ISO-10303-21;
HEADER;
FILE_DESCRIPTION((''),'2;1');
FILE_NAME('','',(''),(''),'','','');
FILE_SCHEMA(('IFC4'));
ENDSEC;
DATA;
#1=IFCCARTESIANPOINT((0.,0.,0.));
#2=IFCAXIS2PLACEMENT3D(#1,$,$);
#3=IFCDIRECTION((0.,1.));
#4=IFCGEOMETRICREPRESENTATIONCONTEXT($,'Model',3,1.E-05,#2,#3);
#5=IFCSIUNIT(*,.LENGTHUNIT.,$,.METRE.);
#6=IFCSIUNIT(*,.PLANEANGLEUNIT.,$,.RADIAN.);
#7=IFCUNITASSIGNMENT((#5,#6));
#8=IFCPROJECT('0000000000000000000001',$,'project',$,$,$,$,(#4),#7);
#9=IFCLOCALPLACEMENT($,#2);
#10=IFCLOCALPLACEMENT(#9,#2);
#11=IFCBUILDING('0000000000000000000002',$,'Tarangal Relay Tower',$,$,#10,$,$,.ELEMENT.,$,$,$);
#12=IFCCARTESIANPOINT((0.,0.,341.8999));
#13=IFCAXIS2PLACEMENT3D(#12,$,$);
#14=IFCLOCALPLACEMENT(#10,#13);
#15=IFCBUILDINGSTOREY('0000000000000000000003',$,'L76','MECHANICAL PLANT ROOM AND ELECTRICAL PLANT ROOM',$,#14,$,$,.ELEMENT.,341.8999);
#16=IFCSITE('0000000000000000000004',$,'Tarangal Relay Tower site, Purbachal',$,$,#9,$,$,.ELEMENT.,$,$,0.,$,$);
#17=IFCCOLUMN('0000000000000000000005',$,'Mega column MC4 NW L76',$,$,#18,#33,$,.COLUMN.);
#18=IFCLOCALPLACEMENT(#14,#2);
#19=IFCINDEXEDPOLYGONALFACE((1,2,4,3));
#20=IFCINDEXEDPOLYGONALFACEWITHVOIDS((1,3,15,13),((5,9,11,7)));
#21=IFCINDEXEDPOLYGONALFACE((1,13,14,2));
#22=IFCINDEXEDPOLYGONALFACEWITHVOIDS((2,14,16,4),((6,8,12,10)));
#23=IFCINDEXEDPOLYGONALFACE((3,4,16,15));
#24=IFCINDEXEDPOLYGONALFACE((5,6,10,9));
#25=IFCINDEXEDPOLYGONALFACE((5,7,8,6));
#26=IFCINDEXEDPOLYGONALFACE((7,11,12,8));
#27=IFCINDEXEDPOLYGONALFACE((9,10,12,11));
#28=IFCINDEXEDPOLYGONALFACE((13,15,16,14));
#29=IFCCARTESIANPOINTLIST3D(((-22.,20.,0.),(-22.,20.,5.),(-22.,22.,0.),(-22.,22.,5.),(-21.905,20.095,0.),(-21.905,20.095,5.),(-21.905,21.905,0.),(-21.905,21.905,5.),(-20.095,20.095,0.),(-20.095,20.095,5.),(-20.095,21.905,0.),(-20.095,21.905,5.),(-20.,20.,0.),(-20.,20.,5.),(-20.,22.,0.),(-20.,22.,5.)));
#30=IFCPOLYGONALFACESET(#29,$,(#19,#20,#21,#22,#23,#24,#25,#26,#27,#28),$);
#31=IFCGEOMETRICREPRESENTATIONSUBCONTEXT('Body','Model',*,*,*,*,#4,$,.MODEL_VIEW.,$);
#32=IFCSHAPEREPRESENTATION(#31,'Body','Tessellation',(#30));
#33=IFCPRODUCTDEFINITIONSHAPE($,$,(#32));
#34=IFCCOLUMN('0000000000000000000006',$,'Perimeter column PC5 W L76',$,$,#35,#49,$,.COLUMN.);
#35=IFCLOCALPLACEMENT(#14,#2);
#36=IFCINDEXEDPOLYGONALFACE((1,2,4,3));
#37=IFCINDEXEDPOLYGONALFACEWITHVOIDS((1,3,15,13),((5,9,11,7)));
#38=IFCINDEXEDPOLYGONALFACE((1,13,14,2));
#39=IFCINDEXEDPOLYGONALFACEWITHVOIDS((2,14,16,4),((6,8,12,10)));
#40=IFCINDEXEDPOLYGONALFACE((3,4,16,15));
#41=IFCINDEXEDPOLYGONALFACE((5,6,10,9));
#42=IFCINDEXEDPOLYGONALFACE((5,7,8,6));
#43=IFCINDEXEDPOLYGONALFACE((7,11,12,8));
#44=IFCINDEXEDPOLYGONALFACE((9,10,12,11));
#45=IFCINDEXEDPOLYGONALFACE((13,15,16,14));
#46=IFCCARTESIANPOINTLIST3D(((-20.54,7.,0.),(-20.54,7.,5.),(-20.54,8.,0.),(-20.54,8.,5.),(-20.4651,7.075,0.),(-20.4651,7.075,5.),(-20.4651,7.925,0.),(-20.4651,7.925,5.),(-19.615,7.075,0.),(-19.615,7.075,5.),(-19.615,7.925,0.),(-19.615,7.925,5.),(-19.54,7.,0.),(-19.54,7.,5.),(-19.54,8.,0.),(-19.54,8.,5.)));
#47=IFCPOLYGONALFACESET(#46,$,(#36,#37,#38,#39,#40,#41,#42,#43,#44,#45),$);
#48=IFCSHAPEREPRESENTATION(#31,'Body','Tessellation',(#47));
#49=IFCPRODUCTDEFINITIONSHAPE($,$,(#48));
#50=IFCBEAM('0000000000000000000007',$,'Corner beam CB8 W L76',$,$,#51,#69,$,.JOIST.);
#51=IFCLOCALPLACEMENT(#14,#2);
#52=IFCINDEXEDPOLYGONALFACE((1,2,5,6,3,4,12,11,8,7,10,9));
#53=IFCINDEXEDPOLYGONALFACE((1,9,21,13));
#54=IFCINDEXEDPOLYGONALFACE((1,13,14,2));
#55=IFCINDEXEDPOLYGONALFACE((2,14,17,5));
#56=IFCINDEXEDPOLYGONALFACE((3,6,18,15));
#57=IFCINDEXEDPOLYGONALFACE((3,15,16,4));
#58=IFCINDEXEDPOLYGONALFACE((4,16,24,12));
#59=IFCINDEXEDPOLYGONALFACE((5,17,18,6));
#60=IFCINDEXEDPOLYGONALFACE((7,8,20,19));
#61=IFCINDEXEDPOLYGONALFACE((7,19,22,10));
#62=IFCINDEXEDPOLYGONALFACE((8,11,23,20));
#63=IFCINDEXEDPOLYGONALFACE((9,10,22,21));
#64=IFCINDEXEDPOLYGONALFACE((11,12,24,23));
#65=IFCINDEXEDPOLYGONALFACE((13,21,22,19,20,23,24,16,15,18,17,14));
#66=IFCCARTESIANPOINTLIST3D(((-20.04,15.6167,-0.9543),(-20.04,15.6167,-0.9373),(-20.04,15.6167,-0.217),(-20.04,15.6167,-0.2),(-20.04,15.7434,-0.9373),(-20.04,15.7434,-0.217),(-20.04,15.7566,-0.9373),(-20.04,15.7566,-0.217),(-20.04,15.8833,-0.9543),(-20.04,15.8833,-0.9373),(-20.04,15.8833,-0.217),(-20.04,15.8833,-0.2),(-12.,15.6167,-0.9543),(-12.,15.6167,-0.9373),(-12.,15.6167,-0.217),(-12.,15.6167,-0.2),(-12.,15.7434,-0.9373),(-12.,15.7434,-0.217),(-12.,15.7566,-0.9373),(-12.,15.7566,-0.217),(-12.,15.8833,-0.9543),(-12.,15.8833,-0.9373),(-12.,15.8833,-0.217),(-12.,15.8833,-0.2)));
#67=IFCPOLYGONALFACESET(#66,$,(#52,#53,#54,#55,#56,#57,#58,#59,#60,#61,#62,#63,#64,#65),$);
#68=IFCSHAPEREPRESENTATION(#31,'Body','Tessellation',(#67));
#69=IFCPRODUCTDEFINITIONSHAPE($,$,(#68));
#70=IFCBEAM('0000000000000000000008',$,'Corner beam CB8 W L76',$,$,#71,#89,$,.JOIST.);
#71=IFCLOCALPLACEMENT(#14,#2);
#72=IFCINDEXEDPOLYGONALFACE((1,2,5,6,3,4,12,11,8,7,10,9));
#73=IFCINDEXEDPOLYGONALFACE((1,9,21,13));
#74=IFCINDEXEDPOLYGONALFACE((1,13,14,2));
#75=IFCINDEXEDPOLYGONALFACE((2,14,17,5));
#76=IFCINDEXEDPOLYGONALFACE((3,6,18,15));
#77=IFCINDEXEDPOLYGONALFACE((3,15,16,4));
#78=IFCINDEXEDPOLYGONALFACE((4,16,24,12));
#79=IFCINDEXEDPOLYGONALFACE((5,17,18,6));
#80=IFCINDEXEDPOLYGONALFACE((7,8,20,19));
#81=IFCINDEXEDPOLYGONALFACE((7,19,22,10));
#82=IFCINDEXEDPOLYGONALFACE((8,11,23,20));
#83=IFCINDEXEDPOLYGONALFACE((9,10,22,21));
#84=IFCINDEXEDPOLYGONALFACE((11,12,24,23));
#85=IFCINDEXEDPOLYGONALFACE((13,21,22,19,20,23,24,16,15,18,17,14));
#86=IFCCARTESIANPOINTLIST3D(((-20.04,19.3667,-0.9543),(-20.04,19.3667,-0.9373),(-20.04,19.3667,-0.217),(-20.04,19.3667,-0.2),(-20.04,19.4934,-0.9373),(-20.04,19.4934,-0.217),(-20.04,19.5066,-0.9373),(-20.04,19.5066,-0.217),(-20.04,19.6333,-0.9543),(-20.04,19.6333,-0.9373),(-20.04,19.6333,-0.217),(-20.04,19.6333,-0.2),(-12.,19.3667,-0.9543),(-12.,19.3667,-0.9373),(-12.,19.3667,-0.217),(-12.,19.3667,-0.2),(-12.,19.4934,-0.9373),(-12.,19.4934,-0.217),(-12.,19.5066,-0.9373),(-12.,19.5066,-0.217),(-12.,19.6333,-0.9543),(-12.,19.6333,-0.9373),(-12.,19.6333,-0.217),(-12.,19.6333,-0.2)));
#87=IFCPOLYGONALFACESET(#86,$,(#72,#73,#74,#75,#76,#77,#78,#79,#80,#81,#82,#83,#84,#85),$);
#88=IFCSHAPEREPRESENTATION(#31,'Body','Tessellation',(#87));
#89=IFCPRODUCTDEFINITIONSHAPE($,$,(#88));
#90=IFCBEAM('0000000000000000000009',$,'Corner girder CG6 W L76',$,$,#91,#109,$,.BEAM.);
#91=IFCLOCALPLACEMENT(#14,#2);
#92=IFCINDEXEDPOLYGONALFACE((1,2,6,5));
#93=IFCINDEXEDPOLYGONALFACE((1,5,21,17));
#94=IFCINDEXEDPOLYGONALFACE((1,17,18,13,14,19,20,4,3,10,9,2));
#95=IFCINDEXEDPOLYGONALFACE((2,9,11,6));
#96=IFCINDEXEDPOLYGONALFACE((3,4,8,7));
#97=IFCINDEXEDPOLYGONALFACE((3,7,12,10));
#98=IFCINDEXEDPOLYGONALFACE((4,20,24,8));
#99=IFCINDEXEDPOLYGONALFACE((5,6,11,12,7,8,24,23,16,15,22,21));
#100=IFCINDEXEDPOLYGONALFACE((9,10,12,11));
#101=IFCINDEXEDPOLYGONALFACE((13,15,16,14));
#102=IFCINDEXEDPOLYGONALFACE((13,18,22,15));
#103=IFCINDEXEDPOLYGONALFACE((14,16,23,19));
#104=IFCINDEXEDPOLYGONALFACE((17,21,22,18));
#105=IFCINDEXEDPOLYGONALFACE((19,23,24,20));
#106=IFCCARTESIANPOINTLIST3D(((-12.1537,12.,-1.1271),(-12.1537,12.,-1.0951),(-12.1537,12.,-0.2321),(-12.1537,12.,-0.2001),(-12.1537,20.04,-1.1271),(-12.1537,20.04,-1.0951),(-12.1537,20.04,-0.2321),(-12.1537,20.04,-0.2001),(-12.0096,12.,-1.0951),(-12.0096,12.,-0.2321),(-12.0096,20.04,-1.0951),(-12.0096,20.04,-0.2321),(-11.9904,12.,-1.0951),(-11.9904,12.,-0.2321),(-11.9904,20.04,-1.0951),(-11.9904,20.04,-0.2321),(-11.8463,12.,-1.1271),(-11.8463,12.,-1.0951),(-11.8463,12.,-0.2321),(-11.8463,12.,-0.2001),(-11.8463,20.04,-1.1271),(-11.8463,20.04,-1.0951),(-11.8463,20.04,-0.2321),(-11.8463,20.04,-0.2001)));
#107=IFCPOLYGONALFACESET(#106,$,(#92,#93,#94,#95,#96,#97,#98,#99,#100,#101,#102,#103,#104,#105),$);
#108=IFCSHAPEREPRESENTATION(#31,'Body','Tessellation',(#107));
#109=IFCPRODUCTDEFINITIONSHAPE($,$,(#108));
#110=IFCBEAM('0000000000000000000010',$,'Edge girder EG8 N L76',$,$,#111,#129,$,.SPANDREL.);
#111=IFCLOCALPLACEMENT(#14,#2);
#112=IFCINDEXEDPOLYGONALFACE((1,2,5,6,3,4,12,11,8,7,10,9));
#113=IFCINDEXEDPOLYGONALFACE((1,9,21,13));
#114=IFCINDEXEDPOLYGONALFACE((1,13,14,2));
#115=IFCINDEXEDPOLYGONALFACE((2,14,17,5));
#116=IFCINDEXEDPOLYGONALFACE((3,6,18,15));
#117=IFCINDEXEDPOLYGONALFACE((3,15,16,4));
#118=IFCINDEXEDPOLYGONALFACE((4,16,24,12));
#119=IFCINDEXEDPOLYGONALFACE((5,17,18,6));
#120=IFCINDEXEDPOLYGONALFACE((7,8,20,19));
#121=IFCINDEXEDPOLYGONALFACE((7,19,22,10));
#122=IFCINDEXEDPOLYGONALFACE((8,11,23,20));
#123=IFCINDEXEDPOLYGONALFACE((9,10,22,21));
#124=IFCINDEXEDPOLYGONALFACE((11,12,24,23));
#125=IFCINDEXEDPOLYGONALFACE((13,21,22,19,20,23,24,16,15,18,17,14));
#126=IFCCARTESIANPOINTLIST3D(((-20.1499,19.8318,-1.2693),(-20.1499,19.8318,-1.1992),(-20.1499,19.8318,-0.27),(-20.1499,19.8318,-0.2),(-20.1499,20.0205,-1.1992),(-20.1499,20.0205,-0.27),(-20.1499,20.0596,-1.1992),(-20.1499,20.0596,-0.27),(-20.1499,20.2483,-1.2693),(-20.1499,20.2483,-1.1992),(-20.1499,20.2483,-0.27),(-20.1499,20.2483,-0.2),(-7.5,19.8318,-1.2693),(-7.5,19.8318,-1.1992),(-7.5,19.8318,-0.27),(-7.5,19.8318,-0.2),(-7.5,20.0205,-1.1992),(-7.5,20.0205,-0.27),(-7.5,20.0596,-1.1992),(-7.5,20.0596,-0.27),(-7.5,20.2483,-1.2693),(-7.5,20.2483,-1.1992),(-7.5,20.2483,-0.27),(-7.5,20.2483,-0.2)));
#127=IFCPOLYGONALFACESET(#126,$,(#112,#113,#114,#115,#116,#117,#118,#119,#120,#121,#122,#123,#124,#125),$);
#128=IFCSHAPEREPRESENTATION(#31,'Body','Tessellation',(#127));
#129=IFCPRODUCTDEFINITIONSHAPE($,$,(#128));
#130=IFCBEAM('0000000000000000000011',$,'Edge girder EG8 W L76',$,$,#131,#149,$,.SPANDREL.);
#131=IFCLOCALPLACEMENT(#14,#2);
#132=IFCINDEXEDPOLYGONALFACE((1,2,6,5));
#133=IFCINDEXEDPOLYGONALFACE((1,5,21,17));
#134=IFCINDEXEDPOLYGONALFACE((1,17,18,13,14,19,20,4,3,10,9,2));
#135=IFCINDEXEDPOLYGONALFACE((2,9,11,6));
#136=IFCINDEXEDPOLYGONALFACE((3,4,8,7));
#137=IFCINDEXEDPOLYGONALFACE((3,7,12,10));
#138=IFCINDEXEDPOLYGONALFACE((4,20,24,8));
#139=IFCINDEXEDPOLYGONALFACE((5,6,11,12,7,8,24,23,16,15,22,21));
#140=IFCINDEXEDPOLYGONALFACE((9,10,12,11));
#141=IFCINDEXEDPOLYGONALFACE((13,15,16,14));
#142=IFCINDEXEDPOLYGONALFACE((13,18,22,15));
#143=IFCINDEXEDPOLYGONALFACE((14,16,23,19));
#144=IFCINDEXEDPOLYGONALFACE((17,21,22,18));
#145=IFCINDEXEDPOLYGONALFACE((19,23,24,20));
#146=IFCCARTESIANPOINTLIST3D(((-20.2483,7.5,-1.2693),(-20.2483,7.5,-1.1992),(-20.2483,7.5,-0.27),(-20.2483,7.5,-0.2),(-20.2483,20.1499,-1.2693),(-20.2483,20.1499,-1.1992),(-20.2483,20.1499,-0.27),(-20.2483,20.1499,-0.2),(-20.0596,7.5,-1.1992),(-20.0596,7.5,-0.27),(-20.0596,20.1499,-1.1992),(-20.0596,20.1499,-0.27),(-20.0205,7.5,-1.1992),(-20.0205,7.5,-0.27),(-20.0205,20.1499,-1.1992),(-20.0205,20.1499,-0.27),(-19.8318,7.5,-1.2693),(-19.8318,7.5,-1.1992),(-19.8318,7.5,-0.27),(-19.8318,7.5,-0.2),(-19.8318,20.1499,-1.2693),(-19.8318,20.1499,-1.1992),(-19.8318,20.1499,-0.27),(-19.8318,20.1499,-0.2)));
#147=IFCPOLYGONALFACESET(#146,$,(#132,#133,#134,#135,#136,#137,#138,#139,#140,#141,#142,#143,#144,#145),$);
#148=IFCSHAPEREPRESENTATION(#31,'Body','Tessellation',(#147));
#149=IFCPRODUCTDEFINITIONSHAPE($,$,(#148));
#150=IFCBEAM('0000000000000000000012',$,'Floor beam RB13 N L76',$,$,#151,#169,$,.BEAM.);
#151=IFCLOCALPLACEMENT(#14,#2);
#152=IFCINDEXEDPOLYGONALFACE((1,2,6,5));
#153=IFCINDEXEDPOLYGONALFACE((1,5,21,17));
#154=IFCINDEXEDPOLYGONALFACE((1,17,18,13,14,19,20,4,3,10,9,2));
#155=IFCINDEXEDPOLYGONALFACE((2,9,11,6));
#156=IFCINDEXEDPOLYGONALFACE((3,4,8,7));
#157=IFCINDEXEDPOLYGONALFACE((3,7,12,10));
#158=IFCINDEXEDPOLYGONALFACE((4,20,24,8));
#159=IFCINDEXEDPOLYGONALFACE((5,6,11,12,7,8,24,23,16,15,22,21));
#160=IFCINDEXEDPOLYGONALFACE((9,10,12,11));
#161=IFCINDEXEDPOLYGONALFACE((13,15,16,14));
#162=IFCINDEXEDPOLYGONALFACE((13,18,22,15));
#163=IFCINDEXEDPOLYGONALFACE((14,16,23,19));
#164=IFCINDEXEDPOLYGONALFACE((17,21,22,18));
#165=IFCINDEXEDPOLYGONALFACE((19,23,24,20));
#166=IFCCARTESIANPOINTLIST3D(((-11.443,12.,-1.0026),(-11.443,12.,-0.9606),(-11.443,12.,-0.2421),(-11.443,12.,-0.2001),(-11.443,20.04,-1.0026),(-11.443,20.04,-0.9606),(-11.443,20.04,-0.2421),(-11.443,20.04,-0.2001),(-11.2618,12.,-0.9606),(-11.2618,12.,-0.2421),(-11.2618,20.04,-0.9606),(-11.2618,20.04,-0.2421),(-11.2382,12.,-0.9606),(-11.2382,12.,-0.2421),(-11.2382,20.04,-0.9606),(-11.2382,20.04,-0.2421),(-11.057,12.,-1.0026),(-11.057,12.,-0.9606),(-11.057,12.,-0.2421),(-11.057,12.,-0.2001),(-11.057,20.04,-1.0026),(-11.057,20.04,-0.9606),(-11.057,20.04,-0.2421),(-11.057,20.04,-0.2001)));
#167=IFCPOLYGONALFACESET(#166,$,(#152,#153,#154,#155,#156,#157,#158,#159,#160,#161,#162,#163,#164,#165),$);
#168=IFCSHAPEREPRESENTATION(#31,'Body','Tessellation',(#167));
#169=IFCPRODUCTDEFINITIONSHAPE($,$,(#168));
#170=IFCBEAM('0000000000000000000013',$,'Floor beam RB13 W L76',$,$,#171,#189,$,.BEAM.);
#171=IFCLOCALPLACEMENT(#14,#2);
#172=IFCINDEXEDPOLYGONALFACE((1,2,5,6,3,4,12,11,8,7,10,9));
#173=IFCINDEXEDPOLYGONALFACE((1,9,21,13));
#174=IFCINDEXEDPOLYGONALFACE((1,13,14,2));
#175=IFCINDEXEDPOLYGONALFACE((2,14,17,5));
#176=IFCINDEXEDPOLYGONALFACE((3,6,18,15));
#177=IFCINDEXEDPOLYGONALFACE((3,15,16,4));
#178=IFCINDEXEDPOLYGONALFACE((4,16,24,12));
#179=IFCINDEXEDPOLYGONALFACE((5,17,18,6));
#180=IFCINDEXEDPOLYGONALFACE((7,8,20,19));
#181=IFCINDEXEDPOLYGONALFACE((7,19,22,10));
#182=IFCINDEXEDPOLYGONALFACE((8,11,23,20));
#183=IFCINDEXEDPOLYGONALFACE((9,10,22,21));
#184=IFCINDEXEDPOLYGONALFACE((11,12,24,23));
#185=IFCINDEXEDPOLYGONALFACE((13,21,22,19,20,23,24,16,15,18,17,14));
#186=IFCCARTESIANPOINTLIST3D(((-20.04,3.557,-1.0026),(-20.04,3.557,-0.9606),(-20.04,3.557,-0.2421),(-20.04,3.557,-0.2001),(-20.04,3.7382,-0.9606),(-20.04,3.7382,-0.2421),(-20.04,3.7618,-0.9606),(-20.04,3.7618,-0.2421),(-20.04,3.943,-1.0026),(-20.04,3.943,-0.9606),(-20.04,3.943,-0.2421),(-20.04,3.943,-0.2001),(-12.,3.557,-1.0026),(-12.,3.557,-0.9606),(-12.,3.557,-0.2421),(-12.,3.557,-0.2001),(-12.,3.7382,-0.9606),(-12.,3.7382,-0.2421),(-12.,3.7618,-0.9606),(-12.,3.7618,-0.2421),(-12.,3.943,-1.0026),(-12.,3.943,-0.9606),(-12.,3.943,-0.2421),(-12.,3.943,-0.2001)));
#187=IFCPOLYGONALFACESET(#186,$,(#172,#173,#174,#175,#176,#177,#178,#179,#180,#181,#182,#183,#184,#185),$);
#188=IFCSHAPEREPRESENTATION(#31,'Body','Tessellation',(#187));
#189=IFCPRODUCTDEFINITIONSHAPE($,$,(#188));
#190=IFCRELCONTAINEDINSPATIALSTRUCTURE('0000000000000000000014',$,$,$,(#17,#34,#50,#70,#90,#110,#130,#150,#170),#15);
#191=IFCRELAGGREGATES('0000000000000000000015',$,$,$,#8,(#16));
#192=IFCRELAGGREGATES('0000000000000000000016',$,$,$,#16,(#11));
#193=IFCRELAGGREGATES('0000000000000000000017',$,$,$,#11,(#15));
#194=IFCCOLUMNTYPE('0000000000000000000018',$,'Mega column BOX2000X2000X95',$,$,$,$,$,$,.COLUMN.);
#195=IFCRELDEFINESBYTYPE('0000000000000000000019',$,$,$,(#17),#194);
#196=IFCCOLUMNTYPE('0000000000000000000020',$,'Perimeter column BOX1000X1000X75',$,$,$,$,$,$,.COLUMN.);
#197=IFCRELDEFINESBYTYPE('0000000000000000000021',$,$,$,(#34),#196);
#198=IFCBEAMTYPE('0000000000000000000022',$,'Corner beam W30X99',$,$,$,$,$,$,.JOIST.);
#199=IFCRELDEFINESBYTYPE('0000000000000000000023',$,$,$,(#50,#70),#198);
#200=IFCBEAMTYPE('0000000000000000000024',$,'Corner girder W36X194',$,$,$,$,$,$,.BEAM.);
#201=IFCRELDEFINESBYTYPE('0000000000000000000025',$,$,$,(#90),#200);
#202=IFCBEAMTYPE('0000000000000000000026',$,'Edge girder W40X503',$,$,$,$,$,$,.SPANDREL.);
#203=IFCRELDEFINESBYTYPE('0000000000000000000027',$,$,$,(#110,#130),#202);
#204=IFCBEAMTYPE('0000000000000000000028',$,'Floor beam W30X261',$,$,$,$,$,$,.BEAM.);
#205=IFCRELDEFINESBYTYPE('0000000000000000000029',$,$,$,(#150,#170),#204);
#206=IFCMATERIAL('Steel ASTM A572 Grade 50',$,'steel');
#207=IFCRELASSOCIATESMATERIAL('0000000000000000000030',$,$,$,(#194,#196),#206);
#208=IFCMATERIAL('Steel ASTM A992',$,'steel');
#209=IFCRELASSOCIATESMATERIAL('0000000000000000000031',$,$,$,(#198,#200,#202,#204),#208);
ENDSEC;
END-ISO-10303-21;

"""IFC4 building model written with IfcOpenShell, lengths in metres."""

from ifc_helpers import new_model, si_unit, direction, frame, origin, origin_2d, place, context, subcontext, project, spatial, hollow_rectangle, i_section, extrude, material, material_profile, profile_set, type_object, element, save


model = new_model("IFC4")

# Units and contexts
model_context = context("Model", 3, precision=1e-05, world=origin(), true_north=direction((0.0, 1.0)))
body_context = subcontext(model_context, "Body", "Model", "MODEL_VIEW")
ifc_project = project(units=[si_unit("LENGTHUNIT", "METRE"), si_unit("PLANEANGLEUNIT", "RADIAN")], contexts=[model_context])

# Site, building, storey
site_placement = place(None, origin())
site = spatial("IfcSite", under=ifc_project, at=site_placement, Name="Tarangal Relay Tower site, Purbachal", CompositionType="ELEMENT", RefElevation=0.0)
building_placement = place(site_placement, origin())
building = spatial("IfcBuilding", under=site, at=building_placement, Name="Tarangal Relay Tower", CompositionType="ELEMENT")
storey_placement = place(building_placement, frame((0.0, 0.0, 341.8999)))
storey = spatial("IfcBuildingStorey", under=building, at=storey_placement, Name="L76", Description="MECHANICAL PLANT ROOM AND ELECTRICAL PLANT ROOM", CompositionType="ELEMENT", Elevation=341.8999)

# Columns
ifc_material_1 = material(Name="Steel ASTM A572 Grade 50", Category="steel")
ifc_material_profile_1 = material_profile(ifc_material_1, hollow_rectangle(XDim=2.0, YDim=2.0, WallThickness=0.095, at=origin_2d()), Name="BOX2000X2000X95")
ifc_profile_set_1 = profile_set([ifc_material_profile_1], Name="Steel ASTM A572 Grade 50")
column_type_1 = type_object("IfcColumnType", Name="Mega column BOX2000X2000X95", PredefinedType="COLUMN", material=ifc_profile_set_1)
column_1_placement = place(storey_placement, frame((-21.0, 21.0, 0.0), z_axis=(0.0, 0.0, 1.0), x_axis=(1.0, 0.0, 0.0)))
element("IfcColumn", 1, at=column_1_placement, inside=storey, type_object=column_type_1, Name="Mega column MC4 NW L76", PredefinedType="COLUMN", context=body_context, shape_type="SweptSolid", body=[
    extrude(hollow_rectangle(XDim=2.0, YDim=2.0, WallThickness=0.095, at=origin_2d()), origin(), (0.0, 0.0, 1.0), 5.0),
])
ifc_material_profile_2 = material_profile(ifc_material_1, hollow_rectangle(XDim=1.0, YDim=1.0, WallThickness=0.075, at=origin_2d()), Name="BOX1000X1000X75")
ifc_profile_set_2 = profile_set([ifc_material_profile_2], Name="Steel ASTM A572 Grade 50")
column_type_2 = type_object("IfcColumnType", Name="Perimeter column BOX1000X1000X75", PredefinedType="COLUMN", material=ifc_profile_set_2)
column_2_placement = place(storey_placement, frame((-20.04, 7.5, 0.0), z_axis=(0.0, 0.0, 1.0), x_axis=(1.0, 0.0, 0.0)))
element("IfcColumn", 2, at=column_2_placement, inside=storey, type_object=column_type_2, Name="Perimeter column PC5 W L76", PredefinedType="COLUMN", context=body_context, shape_type="SweptSolid", body=[
    extrude(hollow_rectangle(XDim=1.0, YDim=1.0, WallThickness=0.075, at=origin_2d()), origin(), (0.0, 0.0, 1.0), 5.0),
])

# Beams
ifc_material_2 = material(Name="Steel ASTM A992", Category="steel")
ifc_material_profile_3 = material_profile(ifc_material_2, i_section(OverallWidth=0.2666, OverallDepth=0.7544, WebThickness=0.0132, FlangeThickness=0.0171, at=origin_2d()), Name="W30X99")
ifc_profile_set_3 = profile_set([ifc_material_profile_3], Name="Steel ASTM A992")
beam_type_1 = type_object("IfcBeamType", Name="Corner beam W30X99", PredefinedType="JOIST", material=ifc_profile_set_3)
for number, where, z_axis, x_axis, name in (
    (3, (-12.0, 15.75, -0.5771), (-1.0, 0.0, 0.0), (0.0, -1.0, 0.0), "Corner beam CB8 W L76"),
    (4, (-12.0, 19.5, -0.5771), (-1.0, 0.0, 0.0), (0.0, -1.0, 0.0), "Corner beam CB8 W L76"),
):
    element("IfcBeam", number, at=place(storey_placement, frame(where, z_axis=z_axis, x_axis=x_axis)), inside=storey, type_object=beam_type_1, Name=name, PredefinedType="JOIST", context=body_context, shape_type="SweptSolid", body=[
        extrude(i_section(OverallWidth=0.2666, OverallDepth=0.7544, WebThickness=0.0132, FlangeThickness=0.0171, at=origin_2d()), origin(), (0.0, 0.0, 1.0), 8.04),
    ])
ifc_material_profile_4 = material_profile(ifc_material_2, i_section(OverallWidth=0.3074, OverallDepth=0.927, WebThickness=0.0193, FlangeThickness=0.032, at=origin_2d()), Name="W36X194")
ifc_profile_set_4 = profile_set([ifc_material_profile_4], Name="Steel ASTM A992")
beam_type_2 = type_object("IfcBeamType", Name="Corner girder W36X194", PredefinedType="BEAM", material=ifc_profile_set_4)
beam_placement = place(storey_placement, frame((-12.0, 12.0, -0.6636), z_axis=(0.0, 1.0, 0.0), x_axis=(-1.0, 0.0, 0.0)))
element("IfcBeam", 5, at=beam_placement, inside=storey, type_object=beam_type_2, Name="Corner girder CG6 W L76", PredefinedType="BEAM", context=body_context, shape_type="SweptSolid", body=[
    extrude(i_section(OverallWidth=0.3074, OverallDepth=0.927, WebThickness=0.0193, FlangeThickness=0.032, at=origin_2d()), origin(), (0.0, 0.0, 1.0), 8.04),
])
ifc_material_profile_5 = material_profile(ifc_material_2, i_section(OverallWidth=0.4165, OverallDepth=1.0693, WebThickness=0.0391, FlangeThickness=0.0701, at=origin_2d()), Name="W40X503")
ifc_profile_set_5 = profile_set([ifc_material_profile_5], Name="Steel ASTM A992")
beam_type_3 = type_object("IfcBeamType", Name="Edge girder W40X503", PredefinedType="SPANDREL", material=ifc_profile_set_5)
for number, where, z_axis, x_axis, name in (
    (6, (-20.1499, 20.04, -0.7346), (1.0, 0.0, 0.0), (0.0, 1.0, 0.0), "Edge girder EG8 N L76"),
    (7, (-20.04, 7.5, -0.7346), (0.0, 1.0, 0.0), (-1.0, 0.0, 0.0), "Edge girder EG8 W L76"),
):
    element("IfcBeam", number, at=place(storey_placement, frame(where, z_axis=z_axis, x_axis=x_axis)), inside=storey, type_object=beam_type_3, Name=name, PredefinedType="SPANDREL", context=body_context, shape_type="SweptSolid", body=[
        extrude(i_section(OverallWidth=0.4165, OverallDepth=1.0693, WebThickness=0.0391, FlangeThickness=0.0701, at=origin_2d()), origin(), (0.0, 0.0, 1.0), 12.6499),
    ])
ifc_material_profile_6 = material_profile(ifc_material_2, i_section(OverallWidth=0.386, OverallDepth=0.8025, WebThickness=0.0237, FlangeThickness=0.042, at=origin_2d()), Name="W30X261")
ifc_profile_set_6 = profile_set([ifc_material_profile_6], Name="Steel ASTM A992")
beam_type_4 = type_object("IfcBeamType", Name="Floor beam W30X261", PredefinedType="BEAM", material=ifc_profile_set_6)
for number, where, z_axis, x_axis, name in (
    (8, (-11.25, 12.0, -0.6013), (0.0, 1.0, 0.0), (-1.0, 0.0, 0.0), "Floor beam RB13 N L76"),
    (9, (-12.0, 3.75, -0.6013), (-1.0, 0.0, 0.0), (0.0, -1.0, 0.0), "Floor beam RB13 W L76"),
):
    element("IfcBeam", number, at=place(storey_placement, frame(where, z_axis=z_axis, x_axis=x_axis)), inside=storey, type_object=beam_type_4, Name=name, PredefinedType="BEAM", context=body_context, shape_type="SweptSolid", body=[
        extrude(i_section(OverallWidth=0.386, OverallDepth=0.8025, WebThickness=0.0237, FlangeThickness=0.042, at=origin_2d()), origin(), (0.0, 0.0, 1.0), 8.04),
    ])

save(model, "model.ifc")
